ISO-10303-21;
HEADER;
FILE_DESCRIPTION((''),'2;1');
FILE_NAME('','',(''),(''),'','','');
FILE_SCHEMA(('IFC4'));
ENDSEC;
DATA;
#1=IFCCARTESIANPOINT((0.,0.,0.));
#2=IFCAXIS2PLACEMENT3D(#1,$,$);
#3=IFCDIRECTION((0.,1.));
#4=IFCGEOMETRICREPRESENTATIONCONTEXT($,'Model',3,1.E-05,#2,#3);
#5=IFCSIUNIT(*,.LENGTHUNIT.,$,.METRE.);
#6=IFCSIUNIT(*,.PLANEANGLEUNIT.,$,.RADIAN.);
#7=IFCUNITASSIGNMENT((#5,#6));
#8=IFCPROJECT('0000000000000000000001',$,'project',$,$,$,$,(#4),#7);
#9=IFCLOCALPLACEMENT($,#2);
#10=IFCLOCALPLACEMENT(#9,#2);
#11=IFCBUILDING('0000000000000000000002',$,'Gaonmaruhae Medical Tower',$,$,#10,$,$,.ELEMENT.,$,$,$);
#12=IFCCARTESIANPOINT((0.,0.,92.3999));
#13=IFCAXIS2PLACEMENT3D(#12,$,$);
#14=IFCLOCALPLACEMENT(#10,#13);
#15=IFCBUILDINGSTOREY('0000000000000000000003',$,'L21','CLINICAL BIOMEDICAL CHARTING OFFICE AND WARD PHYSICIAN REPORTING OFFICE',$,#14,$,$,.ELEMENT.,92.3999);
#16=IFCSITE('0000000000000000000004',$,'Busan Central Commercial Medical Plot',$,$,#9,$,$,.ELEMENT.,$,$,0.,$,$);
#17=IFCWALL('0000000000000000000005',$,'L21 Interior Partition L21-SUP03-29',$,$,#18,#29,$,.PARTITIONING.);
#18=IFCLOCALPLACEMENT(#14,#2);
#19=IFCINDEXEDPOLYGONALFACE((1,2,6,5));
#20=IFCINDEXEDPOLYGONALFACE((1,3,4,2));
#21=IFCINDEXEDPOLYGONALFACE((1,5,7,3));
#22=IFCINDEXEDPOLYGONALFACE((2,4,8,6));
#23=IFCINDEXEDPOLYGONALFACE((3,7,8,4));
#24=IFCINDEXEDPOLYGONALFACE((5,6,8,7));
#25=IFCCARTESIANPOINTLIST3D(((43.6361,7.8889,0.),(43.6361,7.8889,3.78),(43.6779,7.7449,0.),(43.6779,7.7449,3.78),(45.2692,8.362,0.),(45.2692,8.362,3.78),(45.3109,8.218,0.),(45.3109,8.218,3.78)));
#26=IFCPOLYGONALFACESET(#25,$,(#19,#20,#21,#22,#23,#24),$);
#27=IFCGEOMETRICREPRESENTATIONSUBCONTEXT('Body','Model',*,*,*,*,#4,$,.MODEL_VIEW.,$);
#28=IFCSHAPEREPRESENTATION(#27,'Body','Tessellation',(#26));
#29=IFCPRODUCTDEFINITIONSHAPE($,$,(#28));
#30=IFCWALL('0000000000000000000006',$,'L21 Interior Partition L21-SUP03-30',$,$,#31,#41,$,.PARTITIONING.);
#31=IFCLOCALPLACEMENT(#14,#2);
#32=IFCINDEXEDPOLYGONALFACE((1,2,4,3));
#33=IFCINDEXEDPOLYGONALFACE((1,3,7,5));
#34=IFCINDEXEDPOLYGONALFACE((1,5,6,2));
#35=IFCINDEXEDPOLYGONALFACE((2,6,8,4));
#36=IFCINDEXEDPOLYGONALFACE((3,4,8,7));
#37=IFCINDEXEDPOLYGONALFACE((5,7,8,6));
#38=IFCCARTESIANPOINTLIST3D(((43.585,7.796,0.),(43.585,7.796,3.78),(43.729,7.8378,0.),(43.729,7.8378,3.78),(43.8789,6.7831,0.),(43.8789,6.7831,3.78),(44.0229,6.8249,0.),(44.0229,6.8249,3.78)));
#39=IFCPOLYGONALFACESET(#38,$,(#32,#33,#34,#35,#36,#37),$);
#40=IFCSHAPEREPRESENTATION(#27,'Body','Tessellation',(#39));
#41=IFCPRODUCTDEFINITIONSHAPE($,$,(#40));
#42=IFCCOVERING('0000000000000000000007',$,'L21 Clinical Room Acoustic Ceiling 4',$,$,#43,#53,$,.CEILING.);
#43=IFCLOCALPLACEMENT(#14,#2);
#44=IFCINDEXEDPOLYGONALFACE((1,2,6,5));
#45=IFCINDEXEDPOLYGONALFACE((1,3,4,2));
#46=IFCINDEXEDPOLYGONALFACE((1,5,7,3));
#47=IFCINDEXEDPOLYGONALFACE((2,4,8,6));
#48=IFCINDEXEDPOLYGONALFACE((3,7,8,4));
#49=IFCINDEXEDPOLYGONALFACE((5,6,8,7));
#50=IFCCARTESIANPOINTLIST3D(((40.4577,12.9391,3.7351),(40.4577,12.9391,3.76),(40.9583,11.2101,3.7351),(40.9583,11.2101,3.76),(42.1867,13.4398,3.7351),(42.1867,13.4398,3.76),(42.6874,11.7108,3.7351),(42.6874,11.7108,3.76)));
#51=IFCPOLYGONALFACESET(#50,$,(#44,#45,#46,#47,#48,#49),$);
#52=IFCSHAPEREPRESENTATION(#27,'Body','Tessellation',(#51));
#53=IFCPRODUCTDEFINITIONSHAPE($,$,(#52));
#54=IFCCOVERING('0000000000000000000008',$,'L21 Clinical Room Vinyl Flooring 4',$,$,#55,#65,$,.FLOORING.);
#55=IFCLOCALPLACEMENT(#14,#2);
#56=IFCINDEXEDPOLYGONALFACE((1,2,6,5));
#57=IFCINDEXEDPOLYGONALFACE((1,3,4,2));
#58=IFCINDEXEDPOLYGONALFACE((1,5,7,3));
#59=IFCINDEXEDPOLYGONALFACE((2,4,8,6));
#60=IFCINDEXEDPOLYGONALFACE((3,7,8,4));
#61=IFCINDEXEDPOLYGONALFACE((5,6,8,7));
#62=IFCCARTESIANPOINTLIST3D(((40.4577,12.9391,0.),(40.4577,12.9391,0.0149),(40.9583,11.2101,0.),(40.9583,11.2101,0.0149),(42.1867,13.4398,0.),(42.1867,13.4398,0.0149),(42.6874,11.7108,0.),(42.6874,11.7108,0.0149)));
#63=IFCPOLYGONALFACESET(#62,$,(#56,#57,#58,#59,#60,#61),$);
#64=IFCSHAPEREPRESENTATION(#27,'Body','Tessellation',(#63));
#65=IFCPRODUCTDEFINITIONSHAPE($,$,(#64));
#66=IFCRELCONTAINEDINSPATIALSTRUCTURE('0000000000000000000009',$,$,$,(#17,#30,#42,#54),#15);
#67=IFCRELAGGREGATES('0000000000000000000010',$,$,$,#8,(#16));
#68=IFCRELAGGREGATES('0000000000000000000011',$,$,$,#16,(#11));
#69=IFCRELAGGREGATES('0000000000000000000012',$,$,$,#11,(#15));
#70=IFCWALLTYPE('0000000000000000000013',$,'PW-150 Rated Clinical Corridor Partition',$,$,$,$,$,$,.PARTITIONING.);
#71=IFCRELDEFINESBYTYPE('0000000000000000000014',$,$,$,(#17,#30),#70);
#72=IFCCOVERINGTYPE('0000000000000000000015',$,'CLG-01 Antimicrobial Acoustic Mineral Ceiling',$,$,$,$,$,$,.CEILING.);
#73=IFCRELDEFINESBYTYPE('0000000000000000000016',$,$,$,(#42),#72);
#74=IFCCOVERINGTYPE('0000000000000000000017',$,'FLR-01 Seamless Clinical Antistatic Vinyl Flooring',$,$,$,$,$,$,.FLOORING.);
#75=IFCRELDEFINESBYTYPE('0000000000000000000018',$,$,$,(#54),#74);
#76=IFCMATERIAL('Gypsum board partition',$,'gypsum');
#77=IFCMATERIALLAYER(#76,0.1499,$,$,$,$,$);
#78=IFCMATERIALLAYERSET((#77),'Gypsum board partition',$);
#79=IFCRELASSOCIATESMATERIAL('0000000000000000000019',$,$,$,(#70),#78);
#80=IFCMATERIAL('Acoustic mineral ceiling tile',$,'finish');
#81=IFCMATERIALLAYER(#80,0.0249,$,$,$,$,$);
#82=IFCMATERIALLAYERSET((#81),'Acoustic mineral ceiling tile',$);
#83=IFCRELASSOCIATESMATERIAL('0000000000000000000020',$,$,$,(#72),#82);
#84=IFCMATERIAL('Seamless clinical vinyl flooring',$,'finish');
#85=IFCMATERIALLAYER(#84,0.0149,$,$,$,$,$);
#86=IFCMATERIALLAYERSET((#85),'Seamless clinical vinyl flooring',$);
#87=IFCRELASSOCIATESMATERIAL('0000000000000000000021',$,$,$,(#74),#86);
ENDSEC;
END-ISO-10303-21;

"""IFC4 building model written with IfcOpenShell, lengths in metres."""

from ifc_helpers import new_model, si_unit, direction, frame, frame_2d, origin, origin_2d, place, context, subcontext, project, spatial, rectangle, extrude, material, layer, layer_set, type_object, element, save


model = new_model("IFC4")

# Units and contexts
model_context = context("Model", 3, precision=1e-05, world=origin(), true_north=direction((0.0, 1.0)))
body_context = subcontext(model_context, "Body", "Model", "MODEL_VIEW")
ifc_project = project(units=[si_unit("LENGTHUNIT", "METRE"), si_unit("PLANEANGLEUNIT", "RADIAN")], contexts=[model_context])

# Site, building, storey
site_placement = place(None, origin())
site = spatial("IfcSite", under=ifc_project, at=site_placement, Name="Busan Central Commercial Medical Plot", CompositionType="ELEMENT", RefElevation=0.0)
building_placement = place(site_placement, origin())
building = spatial("IfcBuilding", under=site, at=building_placement, Name="Gaonmaruhae Medical Tower", CompositionType="ELEMENT")
storey_placement = place(building_placement, frame((0.0, 0.0, 92.3999)))
storey = spatial("IfcBuildingStorey", under=building, at=storey_placement, Name="L21", Description="CLINICAL BIOMEDICAL CHARTING OFFICE AND WARD PHYSICIAN REPORTING OFFICE", CompositionType="ELEMENT", Elevation=92.3999)

# Walls
ifc_material_1 = material(Name="Gypsum board partition", Category="gypsum")
ifc_layer_1 = layer(ifc_material_1, 0.1499)
ifc_layer_set_1 = layer_set([ifc_layer_1], Name="Gypsum board partition")
wall_type_1 = type_object("IfcWallType", Name="PW-150 Rated Clinical Corridor Partition", PredefinedType="PARTITIONING", material=ifc_layer_set_1)
wall_1_placement = place(storey_placement, frame((45.29, 8.29, 0.0), z_axis=(0.0, 0.0, 1.0), x_axis=(-0.960499, -0.278285, 0.0)))
element("IfcWall", 1, at=wall_1_placement, inside=storey, type_object=wall_type_1, Name="L21 Interior Partition L21-SUP03-29", PredefinedType="PARTITIONING", context=body_context, shape_type="SweptSolid", body=[
    extrude(rectangle(XDim=1.7002, YDim=0.1499, at=frame_2d((0.8501, 0.0))), origin(), (0.0, 0.0, 1.0), 3.78),
])
wall_2_placement = place(storey_placement, frame((43.657, 7.8169, 0.0), z_axis=(0.0, 0.0, 1.0), x_axis=(0.278693, -0.96038, 0.0)))
element("IfcWall", 2, at=wall_2_placement, inside=storey, type_object=wall_type_1, Name="L21 Interior Partition L21-SUP03-30", PredefinedType="PARTITIONING", context=body_context, shape_type="SweptSolid", body=[
    extrude(rectangle(XDim=1.0547, YDim=0.1499, at=frame_2d((0.5273, 0.0))), origin(), (0.0, 0.0, 1.0), 3.78),
])

# Coverings
ifc_material_2 = material(Name="Acoustic mineral ceiling tile", Category="finish")
ifc_layer_2 = layer(ifc_material_2, 0.0249)
ifc_layer_set_2 = layer_set([ifc_layer_2], Name="Acoustic mineral ceiling tile")
covering_type_1 = type_object("IfcCoveringType", Name="CLG-01 Antimicrobial Acoustic Mineral Ceiling", PredefinedType="CEILING", material=ifc_layer_set_2)
covering_1_placement = place(storey_placement, frame((41.5725, 12.325, 3.7351), z_axis=(0.0, 0.0, 1.0), x_axis=(0.960537, 0.278153, 0.0)))
element("IfcCovering", 3, at=covering_1_placement, inside=storey, type_object=covering_type_1, Name="L21 Clinical Room Acoustic Ceiling 4", PredefinedType="CEILING", context=body_context, shape_type="SweptSolid", body=[
    extrude(rectangle(XDim=1.8, YDim=1.8, at=origin_2d()), origin(), (0.0, 0.0, 1.0), 0.0249),
])
ifc_material_3 = material(Name="Seamless clinical vinyl flooring", Category="finish")
ifc_layer_3 = layer(ifc_material_3, 0.0149)
ifc_layer_set_3 = layer_set([ifc_layer_3], Name="Seamless clinical vinyl flooring")
covering_type_2 = type_object("IfcCoveringType", Name="FLR-01 Seamless Clinical Antistatic Vinyl Flooring", PredefinedType="FLOORING", material=ifc_layer_set_3)
covering_2_placement = place(storey_placement, frame((41.5725, 12.325, 0.0), z_axis=(0.0, 0.0, 1.0), x_axis=(0.960537, 0.278153, 0.0)))
element("IfcCovering", 4, at=covering_2_placement, inside=storey, type_object=covering_type_2, Name="L21 Clinical Room Vinyl Flooring 4", PredefinedType="FLOORING", context=body_context, shape_type="SweptSolid", body=[
    extrude(rectangle(XDim=1.8, YDim=1.8, at=origin_2d()), origin(), (0.0, 0.0, 1.0), 0.0149),
])

save(model, "model.ifc")
